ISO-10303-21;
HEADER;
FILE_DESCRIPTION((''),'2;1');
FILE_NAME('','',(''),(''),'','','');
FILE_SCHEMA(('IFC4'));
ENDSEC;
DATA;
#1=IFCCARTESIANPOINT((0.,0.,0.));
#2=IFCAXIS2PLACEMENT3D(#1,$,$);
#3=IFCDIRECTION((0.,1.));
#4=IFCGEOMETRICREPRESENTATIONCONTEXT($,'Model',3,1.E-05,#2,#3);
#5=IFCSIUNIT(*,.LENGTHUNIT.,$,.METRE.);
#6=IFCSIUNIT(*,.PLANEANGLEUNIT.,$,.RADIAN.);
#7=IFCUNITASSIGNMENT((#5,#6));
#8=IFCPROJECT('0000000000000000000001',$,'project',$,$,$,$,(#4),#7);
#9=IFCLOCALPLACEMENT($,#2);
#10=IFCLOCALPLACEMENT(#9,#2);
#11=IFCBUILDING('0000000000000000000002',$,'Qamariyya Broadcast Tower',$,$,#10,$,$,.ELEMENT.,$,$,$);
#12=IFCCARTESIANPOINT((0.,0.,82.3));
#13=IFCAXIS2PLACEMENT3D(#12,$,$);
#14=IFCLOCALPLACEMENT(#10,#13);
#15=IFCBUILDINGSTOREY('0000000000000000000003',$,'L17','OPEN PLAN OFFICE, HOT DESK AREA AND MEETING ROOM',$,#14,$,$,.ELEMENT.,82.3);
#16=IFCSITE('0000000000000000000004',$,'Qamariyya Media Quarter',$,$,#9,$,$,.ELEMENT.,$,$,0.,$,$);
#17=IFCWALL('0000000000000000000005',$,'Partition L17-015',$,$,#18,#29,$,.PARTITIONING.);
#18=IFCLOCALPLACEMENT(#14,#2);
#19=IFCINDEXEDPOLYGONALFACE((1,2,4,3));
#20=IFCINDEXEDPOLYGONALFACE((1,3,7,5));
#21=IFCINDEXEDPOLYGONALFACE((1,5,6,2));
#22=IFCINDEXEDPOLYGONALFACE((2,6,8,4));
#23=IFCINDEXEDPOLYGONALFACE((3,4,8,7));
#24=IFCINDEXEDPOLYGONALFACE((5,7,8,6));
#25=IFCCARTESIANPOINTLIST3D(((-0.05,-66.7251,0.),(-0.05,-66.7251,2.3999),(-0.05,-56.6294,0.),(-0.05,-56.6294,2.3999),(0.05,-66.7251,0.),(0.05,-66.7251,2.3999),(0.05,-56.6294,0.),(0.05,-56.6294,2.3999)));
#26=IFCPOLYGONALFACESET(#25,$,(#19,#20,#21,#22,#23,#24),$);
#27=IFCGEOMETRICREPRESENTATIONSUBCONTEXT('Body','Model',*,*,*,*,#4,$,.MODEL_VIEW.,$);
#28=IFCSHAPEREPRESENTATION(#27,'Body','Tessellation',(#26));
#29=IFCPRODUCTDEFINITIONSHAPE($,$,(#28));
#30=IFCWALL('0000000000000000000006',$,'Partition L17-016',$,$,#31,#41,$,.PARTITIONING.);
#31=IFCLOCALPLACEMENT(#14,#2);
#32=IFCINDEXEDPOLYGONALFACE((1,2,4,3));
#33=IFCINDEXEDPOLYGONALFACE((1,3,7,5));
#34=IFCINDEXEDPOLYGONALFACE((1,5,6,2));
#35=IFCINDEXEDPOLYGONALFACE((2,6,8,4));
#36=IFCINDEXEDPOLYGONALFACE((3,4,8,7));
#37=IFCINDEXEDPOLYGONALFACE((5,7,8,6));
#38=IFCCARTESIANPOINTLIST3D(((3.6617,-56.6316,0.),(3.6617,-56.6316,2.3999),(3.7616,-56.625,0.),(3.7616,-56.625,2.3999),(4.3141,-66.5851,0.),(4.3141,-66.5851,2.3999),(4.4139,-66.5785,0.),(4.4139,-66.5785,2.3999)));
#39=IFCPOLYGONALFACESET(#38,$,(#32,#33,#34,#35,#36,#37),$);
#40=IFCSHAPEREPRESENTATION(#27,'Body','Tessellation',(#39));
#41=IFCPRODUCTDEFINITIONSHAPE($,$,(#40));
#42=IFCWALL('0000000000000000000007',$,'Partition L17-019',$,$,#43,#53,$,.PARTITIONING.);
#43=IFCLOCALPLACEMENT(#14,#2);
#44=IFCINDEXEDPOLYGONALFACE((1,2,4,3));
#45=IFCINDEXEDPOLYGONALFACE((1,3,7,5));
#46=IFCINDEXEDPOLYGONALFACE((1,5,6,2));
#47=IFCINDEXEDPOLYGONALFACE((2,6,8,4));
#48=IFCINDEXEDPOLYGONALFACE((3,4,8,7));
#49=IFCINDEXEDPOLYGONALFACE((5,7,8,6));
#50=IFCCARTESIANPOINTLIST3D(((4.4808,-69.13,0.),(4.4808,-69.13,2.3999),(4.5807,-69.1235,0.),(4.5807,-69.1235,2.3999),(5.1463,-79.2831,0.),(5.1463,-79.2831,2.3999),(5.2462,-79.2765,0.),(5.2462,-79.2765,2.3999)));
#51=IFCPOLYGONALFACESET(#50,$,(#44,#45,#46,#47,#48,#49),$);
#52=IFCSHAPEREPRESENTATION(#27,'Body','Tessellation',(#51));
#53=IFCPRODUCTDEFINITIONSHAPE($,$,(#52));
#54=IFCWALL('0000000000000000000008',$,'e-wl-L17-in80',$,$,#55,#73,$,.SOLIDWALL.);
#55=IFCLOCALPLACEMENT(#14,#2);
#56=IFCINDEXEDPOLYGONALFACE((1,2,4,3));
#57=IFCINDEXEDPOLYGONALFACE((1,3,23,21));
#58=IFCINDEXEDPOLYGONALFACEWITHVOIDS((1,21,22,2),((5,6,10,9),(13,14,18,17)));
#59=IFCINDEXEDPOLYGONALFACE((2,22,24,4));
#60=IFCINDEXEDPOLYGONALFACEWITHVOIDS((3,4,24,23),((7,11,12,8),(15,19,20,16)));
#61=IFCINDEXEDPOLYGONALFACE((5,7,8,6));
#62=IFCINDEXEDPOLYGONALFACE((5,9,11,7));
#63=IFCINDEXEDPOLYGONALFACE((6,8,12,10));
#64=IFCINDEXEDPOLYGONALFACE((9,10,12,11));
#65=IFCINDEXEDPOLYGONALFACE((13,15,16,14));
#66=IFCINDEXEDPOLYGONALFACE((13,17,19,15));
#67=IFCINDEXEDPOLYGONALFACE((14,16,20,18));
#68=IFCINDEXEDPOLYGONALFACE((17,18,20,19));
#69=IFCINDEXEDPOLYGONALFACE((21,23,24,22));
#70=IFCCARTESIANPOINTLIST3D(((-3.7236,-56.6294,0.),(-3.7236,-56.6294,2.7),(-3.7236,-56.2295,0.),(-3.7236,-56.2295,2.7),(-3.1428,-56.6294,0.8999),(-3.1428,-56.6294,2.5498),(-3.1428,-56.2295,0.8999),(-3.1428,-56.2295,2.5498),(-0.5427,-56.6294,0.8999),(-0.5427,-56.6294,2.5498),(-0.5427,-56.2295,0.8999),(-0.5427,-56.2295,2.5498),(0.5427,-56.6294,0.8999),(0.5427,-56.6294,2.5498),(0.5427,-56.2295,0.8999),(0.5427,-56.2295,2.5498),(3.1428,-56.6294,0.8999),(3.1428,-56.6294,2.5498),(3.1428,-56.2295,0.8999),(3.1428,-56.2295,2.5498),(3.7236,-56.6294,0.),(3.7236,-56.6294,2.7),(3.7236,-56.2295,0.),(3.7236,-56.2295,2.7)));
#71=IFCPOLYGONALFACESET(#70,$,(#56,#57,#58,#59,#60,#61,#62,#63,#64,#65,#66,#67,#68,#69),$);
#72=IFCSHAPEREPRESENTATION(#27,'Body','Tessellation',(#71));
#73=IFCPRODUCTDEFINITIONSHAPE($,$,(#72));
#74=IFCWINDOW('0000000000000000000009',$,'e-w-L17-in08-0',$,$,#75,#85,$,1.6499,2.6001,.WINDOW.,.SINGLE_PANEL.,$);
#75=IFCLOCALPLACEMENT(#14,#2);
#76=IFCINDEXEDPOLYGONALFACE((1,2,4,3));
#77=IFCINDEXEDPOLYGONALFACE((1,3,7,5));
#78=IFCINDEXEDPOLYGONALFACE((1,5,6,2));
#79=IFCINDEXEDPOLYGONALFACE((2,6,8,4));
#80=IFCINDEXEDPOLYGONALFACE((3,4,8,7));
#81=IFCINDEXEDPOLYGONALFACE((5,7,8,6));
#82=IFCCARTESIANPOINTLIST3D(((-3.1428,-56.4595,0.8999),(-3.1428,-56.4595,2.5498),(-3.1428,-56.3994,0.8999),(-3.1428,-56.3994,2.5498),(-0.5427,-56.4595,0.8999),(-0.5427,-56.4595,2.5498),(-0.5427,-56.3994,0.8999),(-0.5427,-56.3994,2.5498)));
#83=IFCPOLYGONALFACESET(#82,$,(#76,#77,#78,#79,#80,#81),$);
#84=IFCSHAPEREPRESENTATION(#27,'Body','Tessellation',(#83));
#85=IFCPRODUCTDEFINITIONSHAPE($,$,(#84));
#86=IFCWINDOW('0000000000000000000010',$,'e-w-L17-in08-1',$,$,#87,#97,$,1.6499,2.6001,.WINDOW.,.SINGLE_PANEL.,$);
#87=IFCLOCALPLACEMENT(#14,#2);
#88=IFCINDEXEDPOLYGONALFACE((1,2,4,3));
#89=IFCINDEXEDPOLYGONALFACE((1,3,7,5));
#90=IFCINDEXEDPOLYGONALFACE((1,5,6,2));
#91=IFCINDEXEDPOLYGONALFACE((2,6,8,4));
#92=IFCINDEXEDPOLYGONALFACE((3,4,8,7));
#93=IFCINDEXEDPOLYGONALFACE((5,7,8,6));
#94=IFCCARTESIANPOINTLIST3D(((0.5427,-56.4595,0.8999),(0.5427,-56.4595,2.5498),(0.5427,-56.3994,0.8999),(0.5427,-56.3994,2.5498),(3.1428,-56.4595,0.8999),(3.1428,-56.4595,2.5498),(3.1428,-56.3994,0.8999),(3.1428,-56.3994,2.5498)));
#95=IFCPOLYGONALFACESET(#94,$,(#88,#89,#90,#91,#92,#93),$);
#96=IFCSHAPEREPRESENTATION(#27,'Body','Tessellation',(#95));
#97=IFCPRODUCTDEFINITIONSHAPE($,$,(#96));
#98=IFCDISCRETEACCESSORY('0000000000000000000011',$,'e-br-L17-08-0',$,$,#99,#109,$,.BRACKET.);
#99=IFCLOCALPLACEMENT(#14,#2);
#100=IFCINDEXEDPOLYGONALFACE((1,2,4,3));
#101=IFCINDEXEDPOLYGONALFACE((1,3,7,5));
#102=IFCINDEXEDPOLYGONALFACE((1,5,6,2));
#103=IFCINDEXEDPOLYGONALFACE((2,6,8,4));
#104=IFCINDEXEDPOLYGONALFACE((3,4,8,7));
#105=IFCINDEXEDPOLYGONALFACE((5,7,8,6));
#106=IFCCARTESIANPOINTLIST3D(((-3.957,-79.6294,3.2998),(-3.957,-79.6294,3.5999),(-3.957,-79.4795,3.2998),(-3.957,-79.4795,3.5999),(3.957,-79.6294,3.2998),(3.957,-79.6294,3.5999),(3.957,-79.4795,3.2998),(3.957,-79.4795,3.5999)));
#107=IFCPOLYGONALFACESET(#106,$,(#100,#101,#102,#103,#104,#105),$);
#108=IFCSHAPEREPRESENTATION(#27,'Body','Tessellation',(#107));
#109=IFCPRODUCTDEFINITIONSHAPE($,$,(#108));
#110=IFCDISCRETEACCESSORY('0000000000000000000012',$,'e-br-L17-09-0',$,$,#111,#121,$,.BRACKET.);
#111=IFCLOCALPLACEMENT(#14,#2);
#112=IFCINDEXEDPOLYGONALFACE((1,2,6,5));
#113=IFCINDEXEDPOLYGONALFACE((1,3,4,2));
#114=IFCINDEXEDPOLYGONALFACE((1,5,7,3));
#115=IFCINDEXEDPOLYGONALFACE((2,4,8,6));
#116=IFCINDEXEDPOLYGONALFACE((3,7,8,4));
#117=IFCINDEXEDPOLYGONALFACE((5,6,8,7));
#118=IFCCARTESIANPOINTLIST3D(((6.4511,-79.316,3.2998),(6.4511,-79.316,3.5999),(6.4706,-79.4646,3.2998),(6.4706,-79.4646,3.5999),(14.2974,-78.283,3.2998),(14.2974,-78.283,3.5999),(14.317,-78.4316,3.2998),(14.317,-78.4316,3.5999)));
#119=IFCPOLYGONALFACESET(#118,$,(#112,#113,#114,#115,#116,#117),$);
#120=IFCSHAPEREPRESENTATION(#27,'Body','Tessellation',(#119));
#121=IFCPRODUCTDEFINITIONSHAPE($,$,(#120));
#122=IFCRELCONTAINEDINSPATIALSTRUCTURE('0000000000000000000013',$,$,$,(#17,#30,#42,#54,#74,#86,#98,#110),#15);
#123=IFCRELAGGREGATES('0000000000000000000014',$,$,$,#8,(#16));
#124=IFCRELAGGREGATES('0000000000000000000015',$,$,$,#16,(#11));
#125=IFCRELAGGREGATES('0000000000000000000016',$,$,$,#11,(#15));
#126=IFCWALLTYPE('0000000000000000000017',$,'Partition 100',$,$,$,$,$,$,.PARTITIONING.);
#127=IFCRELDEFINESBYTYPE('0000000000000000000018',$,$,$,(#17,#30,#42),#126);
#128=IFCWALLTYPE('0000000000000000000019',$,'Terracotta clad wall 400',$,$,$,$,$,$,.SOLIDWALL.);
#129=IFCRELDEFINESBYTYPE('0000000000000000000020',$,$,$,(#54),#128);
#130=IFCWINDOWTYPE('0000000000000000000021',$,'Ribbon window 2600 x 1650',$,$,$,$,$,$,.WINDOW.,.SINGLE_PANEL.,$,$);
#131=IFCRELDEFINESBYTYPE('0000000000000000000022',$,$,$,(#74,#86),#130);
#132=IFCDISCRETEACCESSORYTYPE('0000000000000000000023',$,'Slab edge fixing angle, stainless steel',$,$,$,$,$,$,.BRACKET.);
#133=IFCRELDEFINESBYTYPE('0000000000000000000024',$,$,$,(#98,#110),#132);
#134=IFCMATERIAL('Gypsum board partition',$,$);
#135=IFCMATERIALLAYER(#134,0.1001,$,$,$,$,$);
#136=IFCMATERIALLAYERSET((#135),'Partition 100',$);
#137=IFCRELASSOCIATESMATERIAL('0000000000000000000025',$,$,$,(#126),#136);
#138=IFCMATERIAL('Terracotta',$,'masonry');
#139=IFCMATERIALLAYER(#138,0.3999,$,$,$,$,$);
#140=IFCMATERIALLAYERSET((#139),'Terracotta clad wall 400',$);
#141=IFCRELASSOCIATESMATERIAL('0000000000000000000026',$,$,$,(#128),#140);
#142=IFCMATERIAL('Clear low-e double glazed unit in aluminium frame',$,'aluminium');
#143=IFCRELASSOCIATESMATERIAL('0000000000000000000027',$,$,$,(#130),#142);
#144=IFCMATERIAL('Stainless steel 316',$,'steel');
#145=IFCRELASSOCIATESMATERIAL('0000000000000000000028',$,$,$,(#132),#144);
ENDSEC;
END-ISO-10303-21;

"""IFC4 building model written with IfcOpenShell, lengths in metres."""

from ifc_helpers import new_model, si_unit, direction, frame, frame_2d, origin, origin_2d, place, context, subcontext, project, spatial, rectangle, extrude, material, layer, layer_set, type_object, element, fill, save


model = new_model("IFC4")

# Units and contexts
model_context = context("Model", 3, precision=1e-05, world=origin(), true_north=direction((0.0, 1.0)))
body_context = subcontext(model_context, "Body", "Model", "MODEL_VIEW")
ifc_project = project(units=[si_unit("LENGTHUNIT", "METRE"), si_unit("PLANEANGLEUNIT", "RADIAN")], contexts=[model_context])

# Site, building, storey
site_placement = place(None, origin())
site = spatial("IfcSite", under=ifc_project, at=site_placement, Name="Qamariyya Media Quarter", CompositionType="ELEMENT", RefElevation=0.0)
building_placement = place(site_placement, origin())
building = spatial("IfcBuilding", under=site, at=building_placement, Name="Qamariyya Broadcast Tower", CompositionType="ELEMENT")
storey_placement = place(building_placement, frame((0.0, 0.0, 82.3)))
storey = spatial("IfcBuildingStorey", under=building, at=storey_placement, Name="L17", Description="OPEN PLAN OFFICE, HOT DESK AREA AND MEETING ROOM", CompositionType="ELEMENT", Elevation=82.3)

# Shared definitions
ifc_material_1 = material(Name="Gypsum board partition")

# Walls
ifc_layer_1 = layer(ifc_material_1, 0.1001)
ifc_layer_set_1 = layer_set([ifc_layer_1], Name="Partition 100")
wall_type_1 = type_object("IfcWallType", Name="Partition 100", PredefinedType="PARTITIONING", material=ifc_layer_set_1)
wall_1_placement = place(storey_placement, frame((0.0, -56.6294, 0.0), z_axis=(0.0, 0.0, 1.0), x_axis=(0.0, -1.0, 0.0)))
element("IfcWall", 1, at=wall_1_placement, inside=storey, type_object=wall_type_1, Name="Partition L17-015", PredefinedType="PARTITIONING", context=body_context, shape_type="SweptSolid", body=[
    extrude(rectangle(XDim=10.0957, YDim=0.1001, at=frame_2d((5.0479, 0.0))), origin(), (0.0, 0.0, 1.0), 2.3999),
])
wall_2_placement = place(storey_placement, frame((3.7117, -56.6284, 0.0), z_axis=(0.0, 0.0, 1.0), x_axis=(0.065398, -0.997859, 0.0)))
element("IfcWall", 2, at=wall_2_placement, inside=storey, type_object=wall_type_1, Name="Partition L17-016", PredefinedType="PARTITIONING", context=body_context, shape_type="SweptSolid", body=[
    extrude(rectangle(XDim=9.9749, YDim=0.1001, at=frame_2d((4.9873, 0.0))), origin(), (0.0, 0.0, 1.0), 2.3999),
])
wall_3_placement = place(storey_placement, frame((5.1963, -79.2798, 0.0), z_axis=(0.0, 0.0, 1.0), x_axis=(-0.065409, 0.997859, 0.0)))
element("IfcWall", 3, at=wall_3_placement, inside=storey, type_object=wall_type_1, Name="Partition L17-019", PredefinedType="PARTITIONING", context=body_context, shape_type="SweptSolid", body=[
    extrude(rectangle(XDim=10.1748, YDim=0.1001, at=frame_2d((5.0874, 0.0))), origin(), (0.0, 0.0, 1.0), 2.3999),
])

# Wall, openings, windows
ifc_material_2 = material(Name="Terracotta", Category="masonry")
ifc_layer_2 = layer(ifc_material_2, 0.3999)
ifc_layer_set_2 = layer_set([ifc_layer_2], Name="Terracotta clad wall 400")
wall_type_2 = type_object("IfcWallType", Name="Terracotta clad wall 400", PredefinedType="SOLIDWALL", material=ifc_layer_set_2)
wall_4_placement = place(storey_placement, frame((3.7236, -56.4294, 0.0), z_axis=(0.0, 0.0, 1.0), x_axis=(-1.0, 0.0, 0.0)))
wall_4 = element("IfcWall", 4, at=wall_4_placement, inside=storey, type_object=wall_type_2, Name="e-wl-L17-in80", PredefinedType="SOLIDWALL", context=body_context, shape_type="SweptSolid", body=[
    extrude(rectangle(XDim=7.4473, YDim=0.3999, at=frame_2d((3.7236, 0.0))), origin(), (0.0, 0.0, 1.0), 2.7),
])
opening_1_placement = place(wall_4_placement, frame((4.2664, 0.0, 0.8999)))
opening_1 = element("IfcOpeningElement", 5, at=opening_1_placement, cuts=wall_4, PredefinedType="OPENING", context=body_context, shape_type="SweptSolid", body=[
    extrude(rectangle(XDim=2.6001, YDim=1.6499, at=frame_2d((1.3, 0.825))), frame((0.0, 0.21, 0.0), z_axis=(0.0, -1.0, 0.0), x_axis=(1.0, 0.0, 0.0)), (0.0, 0.0, 1.0), 0.4199),
])
opening_2_placement = place(wall_4_placement, frame((0.5808, 0.0, 0.8999)))
opening_2 = element("IfcOpeningElement", 6, at=opening_2_placement, cuts=wall_4, PredefinedType="OPENING", context=body_context, shape_type="SweptSolid", body=[
    extrude(rectangle(XDim=2.6001, YDim=1.6499, at=frame_2d((1.3, 0.825))), frame((0.0, 0.21, 0.0), z_axis=(0.0, -1.0, 0.0), x_axis=(1.0, 0.0, 0.0)), (0.0, 0.0, 1.0), 0.4199),
])
ifc_material_3 = material(Name="Clear low-e double glazed unit in aluminium frame", Category="aluminium")
window_type = type_object("IfcWindowType", Name="Ribbon window 2600 x 1650", PartitioningType="SINGLE_PANEL", PredefinedType="WINDOW", material=ifc_material_3)
window_1_placement = place(opening_1_placement, origin())
window_1 = element("IfcWindow", 7, at=window_1_placement, inside=storey, type_object=window_type, Name="e-w-L17-in08-0", OverallHeight=1.6499, OverallWidth=2.6001, PartitioningType="SINGLE_PANEL", PredefinedType="WINDOW", context=body_context, shape_type="SweptSolid", body=[
    extrude(rectangle(XDim=2.6001, YDim=1.6499, at=frame_2d((1.3, 0.825))), frame((0.0, 0.03, 0.0), z_axis=(0.0, -1.0, 0.0), x_axis=(1.0, 0.0, 0.0)), (0.0, 0.0, 1.0), 0.0601),
])
fill(opening_1, window_1)
window_2_placement = place(opening_2_placement, origin())
window_2 = element("IfcWindow", 8, at=window_2_placement, inside=storey, type_object=window_type, Name="e-w-L17-in08-1", OverallHeight=1.6499, OverallWidth=2.6001, PartitioningType="SINGLE_PANEL", PredefinedType="WINDOW", context=body_context, shape_type="SweptSolid", body=[
    extrude(rectangle(XDim=2.6001, YDim=1.6499, at=frame_2d((1.3, 0.825))), frame((0.0, 0.03, 0.0), z_axis=(0.0, -1.0, 0.0), x_axis=(1.0, 0.0, 0.0)), (0.0, 0.0, 1.0), 0.0601),
])
fill(opening_2, window_2)

# Discrete accessories
ifc_material_4 = material(Name="Stainless steel 316", Category="steel")
discrete_accessory_type = type_object("IfcDiscreteAccessoryType", Name="Slab edge fixing angle, stainless steel", PredefinedType="BRACKET", material=ifc_material_4)
for number, where, z_axis, x_axis, name in (
    (9, (0.0, -79.5544, 3.2998), (0.0, 0.0, 1.0), (1.0, 0.0, 0.0), "e-br-L17-08-0"),
    (10, (10.384, -78.8738, 3.2998), (0.0, 0.0, 1.0), (0.991445, 0.130526, 0.0), "e-br-L17-09-0"),
):
    element("IfcDiscreteAccessory", number, at=place(storey_placement, frame(where, z_axis=z_axis, x_axis=x_axis)), inside=storey, type_object=discrete_accessory_type, Name=name, PredefinedType="BRACKET", context=body_context, shape_type="SweptSolid", body=[
        extrude(rectangle(XDim=7.9141, YDim=0.1499, at=origin_2d()), origin(), (0.0, 0.0, 1.0), 0.3),
    ])

save(model, "model.ifc")
